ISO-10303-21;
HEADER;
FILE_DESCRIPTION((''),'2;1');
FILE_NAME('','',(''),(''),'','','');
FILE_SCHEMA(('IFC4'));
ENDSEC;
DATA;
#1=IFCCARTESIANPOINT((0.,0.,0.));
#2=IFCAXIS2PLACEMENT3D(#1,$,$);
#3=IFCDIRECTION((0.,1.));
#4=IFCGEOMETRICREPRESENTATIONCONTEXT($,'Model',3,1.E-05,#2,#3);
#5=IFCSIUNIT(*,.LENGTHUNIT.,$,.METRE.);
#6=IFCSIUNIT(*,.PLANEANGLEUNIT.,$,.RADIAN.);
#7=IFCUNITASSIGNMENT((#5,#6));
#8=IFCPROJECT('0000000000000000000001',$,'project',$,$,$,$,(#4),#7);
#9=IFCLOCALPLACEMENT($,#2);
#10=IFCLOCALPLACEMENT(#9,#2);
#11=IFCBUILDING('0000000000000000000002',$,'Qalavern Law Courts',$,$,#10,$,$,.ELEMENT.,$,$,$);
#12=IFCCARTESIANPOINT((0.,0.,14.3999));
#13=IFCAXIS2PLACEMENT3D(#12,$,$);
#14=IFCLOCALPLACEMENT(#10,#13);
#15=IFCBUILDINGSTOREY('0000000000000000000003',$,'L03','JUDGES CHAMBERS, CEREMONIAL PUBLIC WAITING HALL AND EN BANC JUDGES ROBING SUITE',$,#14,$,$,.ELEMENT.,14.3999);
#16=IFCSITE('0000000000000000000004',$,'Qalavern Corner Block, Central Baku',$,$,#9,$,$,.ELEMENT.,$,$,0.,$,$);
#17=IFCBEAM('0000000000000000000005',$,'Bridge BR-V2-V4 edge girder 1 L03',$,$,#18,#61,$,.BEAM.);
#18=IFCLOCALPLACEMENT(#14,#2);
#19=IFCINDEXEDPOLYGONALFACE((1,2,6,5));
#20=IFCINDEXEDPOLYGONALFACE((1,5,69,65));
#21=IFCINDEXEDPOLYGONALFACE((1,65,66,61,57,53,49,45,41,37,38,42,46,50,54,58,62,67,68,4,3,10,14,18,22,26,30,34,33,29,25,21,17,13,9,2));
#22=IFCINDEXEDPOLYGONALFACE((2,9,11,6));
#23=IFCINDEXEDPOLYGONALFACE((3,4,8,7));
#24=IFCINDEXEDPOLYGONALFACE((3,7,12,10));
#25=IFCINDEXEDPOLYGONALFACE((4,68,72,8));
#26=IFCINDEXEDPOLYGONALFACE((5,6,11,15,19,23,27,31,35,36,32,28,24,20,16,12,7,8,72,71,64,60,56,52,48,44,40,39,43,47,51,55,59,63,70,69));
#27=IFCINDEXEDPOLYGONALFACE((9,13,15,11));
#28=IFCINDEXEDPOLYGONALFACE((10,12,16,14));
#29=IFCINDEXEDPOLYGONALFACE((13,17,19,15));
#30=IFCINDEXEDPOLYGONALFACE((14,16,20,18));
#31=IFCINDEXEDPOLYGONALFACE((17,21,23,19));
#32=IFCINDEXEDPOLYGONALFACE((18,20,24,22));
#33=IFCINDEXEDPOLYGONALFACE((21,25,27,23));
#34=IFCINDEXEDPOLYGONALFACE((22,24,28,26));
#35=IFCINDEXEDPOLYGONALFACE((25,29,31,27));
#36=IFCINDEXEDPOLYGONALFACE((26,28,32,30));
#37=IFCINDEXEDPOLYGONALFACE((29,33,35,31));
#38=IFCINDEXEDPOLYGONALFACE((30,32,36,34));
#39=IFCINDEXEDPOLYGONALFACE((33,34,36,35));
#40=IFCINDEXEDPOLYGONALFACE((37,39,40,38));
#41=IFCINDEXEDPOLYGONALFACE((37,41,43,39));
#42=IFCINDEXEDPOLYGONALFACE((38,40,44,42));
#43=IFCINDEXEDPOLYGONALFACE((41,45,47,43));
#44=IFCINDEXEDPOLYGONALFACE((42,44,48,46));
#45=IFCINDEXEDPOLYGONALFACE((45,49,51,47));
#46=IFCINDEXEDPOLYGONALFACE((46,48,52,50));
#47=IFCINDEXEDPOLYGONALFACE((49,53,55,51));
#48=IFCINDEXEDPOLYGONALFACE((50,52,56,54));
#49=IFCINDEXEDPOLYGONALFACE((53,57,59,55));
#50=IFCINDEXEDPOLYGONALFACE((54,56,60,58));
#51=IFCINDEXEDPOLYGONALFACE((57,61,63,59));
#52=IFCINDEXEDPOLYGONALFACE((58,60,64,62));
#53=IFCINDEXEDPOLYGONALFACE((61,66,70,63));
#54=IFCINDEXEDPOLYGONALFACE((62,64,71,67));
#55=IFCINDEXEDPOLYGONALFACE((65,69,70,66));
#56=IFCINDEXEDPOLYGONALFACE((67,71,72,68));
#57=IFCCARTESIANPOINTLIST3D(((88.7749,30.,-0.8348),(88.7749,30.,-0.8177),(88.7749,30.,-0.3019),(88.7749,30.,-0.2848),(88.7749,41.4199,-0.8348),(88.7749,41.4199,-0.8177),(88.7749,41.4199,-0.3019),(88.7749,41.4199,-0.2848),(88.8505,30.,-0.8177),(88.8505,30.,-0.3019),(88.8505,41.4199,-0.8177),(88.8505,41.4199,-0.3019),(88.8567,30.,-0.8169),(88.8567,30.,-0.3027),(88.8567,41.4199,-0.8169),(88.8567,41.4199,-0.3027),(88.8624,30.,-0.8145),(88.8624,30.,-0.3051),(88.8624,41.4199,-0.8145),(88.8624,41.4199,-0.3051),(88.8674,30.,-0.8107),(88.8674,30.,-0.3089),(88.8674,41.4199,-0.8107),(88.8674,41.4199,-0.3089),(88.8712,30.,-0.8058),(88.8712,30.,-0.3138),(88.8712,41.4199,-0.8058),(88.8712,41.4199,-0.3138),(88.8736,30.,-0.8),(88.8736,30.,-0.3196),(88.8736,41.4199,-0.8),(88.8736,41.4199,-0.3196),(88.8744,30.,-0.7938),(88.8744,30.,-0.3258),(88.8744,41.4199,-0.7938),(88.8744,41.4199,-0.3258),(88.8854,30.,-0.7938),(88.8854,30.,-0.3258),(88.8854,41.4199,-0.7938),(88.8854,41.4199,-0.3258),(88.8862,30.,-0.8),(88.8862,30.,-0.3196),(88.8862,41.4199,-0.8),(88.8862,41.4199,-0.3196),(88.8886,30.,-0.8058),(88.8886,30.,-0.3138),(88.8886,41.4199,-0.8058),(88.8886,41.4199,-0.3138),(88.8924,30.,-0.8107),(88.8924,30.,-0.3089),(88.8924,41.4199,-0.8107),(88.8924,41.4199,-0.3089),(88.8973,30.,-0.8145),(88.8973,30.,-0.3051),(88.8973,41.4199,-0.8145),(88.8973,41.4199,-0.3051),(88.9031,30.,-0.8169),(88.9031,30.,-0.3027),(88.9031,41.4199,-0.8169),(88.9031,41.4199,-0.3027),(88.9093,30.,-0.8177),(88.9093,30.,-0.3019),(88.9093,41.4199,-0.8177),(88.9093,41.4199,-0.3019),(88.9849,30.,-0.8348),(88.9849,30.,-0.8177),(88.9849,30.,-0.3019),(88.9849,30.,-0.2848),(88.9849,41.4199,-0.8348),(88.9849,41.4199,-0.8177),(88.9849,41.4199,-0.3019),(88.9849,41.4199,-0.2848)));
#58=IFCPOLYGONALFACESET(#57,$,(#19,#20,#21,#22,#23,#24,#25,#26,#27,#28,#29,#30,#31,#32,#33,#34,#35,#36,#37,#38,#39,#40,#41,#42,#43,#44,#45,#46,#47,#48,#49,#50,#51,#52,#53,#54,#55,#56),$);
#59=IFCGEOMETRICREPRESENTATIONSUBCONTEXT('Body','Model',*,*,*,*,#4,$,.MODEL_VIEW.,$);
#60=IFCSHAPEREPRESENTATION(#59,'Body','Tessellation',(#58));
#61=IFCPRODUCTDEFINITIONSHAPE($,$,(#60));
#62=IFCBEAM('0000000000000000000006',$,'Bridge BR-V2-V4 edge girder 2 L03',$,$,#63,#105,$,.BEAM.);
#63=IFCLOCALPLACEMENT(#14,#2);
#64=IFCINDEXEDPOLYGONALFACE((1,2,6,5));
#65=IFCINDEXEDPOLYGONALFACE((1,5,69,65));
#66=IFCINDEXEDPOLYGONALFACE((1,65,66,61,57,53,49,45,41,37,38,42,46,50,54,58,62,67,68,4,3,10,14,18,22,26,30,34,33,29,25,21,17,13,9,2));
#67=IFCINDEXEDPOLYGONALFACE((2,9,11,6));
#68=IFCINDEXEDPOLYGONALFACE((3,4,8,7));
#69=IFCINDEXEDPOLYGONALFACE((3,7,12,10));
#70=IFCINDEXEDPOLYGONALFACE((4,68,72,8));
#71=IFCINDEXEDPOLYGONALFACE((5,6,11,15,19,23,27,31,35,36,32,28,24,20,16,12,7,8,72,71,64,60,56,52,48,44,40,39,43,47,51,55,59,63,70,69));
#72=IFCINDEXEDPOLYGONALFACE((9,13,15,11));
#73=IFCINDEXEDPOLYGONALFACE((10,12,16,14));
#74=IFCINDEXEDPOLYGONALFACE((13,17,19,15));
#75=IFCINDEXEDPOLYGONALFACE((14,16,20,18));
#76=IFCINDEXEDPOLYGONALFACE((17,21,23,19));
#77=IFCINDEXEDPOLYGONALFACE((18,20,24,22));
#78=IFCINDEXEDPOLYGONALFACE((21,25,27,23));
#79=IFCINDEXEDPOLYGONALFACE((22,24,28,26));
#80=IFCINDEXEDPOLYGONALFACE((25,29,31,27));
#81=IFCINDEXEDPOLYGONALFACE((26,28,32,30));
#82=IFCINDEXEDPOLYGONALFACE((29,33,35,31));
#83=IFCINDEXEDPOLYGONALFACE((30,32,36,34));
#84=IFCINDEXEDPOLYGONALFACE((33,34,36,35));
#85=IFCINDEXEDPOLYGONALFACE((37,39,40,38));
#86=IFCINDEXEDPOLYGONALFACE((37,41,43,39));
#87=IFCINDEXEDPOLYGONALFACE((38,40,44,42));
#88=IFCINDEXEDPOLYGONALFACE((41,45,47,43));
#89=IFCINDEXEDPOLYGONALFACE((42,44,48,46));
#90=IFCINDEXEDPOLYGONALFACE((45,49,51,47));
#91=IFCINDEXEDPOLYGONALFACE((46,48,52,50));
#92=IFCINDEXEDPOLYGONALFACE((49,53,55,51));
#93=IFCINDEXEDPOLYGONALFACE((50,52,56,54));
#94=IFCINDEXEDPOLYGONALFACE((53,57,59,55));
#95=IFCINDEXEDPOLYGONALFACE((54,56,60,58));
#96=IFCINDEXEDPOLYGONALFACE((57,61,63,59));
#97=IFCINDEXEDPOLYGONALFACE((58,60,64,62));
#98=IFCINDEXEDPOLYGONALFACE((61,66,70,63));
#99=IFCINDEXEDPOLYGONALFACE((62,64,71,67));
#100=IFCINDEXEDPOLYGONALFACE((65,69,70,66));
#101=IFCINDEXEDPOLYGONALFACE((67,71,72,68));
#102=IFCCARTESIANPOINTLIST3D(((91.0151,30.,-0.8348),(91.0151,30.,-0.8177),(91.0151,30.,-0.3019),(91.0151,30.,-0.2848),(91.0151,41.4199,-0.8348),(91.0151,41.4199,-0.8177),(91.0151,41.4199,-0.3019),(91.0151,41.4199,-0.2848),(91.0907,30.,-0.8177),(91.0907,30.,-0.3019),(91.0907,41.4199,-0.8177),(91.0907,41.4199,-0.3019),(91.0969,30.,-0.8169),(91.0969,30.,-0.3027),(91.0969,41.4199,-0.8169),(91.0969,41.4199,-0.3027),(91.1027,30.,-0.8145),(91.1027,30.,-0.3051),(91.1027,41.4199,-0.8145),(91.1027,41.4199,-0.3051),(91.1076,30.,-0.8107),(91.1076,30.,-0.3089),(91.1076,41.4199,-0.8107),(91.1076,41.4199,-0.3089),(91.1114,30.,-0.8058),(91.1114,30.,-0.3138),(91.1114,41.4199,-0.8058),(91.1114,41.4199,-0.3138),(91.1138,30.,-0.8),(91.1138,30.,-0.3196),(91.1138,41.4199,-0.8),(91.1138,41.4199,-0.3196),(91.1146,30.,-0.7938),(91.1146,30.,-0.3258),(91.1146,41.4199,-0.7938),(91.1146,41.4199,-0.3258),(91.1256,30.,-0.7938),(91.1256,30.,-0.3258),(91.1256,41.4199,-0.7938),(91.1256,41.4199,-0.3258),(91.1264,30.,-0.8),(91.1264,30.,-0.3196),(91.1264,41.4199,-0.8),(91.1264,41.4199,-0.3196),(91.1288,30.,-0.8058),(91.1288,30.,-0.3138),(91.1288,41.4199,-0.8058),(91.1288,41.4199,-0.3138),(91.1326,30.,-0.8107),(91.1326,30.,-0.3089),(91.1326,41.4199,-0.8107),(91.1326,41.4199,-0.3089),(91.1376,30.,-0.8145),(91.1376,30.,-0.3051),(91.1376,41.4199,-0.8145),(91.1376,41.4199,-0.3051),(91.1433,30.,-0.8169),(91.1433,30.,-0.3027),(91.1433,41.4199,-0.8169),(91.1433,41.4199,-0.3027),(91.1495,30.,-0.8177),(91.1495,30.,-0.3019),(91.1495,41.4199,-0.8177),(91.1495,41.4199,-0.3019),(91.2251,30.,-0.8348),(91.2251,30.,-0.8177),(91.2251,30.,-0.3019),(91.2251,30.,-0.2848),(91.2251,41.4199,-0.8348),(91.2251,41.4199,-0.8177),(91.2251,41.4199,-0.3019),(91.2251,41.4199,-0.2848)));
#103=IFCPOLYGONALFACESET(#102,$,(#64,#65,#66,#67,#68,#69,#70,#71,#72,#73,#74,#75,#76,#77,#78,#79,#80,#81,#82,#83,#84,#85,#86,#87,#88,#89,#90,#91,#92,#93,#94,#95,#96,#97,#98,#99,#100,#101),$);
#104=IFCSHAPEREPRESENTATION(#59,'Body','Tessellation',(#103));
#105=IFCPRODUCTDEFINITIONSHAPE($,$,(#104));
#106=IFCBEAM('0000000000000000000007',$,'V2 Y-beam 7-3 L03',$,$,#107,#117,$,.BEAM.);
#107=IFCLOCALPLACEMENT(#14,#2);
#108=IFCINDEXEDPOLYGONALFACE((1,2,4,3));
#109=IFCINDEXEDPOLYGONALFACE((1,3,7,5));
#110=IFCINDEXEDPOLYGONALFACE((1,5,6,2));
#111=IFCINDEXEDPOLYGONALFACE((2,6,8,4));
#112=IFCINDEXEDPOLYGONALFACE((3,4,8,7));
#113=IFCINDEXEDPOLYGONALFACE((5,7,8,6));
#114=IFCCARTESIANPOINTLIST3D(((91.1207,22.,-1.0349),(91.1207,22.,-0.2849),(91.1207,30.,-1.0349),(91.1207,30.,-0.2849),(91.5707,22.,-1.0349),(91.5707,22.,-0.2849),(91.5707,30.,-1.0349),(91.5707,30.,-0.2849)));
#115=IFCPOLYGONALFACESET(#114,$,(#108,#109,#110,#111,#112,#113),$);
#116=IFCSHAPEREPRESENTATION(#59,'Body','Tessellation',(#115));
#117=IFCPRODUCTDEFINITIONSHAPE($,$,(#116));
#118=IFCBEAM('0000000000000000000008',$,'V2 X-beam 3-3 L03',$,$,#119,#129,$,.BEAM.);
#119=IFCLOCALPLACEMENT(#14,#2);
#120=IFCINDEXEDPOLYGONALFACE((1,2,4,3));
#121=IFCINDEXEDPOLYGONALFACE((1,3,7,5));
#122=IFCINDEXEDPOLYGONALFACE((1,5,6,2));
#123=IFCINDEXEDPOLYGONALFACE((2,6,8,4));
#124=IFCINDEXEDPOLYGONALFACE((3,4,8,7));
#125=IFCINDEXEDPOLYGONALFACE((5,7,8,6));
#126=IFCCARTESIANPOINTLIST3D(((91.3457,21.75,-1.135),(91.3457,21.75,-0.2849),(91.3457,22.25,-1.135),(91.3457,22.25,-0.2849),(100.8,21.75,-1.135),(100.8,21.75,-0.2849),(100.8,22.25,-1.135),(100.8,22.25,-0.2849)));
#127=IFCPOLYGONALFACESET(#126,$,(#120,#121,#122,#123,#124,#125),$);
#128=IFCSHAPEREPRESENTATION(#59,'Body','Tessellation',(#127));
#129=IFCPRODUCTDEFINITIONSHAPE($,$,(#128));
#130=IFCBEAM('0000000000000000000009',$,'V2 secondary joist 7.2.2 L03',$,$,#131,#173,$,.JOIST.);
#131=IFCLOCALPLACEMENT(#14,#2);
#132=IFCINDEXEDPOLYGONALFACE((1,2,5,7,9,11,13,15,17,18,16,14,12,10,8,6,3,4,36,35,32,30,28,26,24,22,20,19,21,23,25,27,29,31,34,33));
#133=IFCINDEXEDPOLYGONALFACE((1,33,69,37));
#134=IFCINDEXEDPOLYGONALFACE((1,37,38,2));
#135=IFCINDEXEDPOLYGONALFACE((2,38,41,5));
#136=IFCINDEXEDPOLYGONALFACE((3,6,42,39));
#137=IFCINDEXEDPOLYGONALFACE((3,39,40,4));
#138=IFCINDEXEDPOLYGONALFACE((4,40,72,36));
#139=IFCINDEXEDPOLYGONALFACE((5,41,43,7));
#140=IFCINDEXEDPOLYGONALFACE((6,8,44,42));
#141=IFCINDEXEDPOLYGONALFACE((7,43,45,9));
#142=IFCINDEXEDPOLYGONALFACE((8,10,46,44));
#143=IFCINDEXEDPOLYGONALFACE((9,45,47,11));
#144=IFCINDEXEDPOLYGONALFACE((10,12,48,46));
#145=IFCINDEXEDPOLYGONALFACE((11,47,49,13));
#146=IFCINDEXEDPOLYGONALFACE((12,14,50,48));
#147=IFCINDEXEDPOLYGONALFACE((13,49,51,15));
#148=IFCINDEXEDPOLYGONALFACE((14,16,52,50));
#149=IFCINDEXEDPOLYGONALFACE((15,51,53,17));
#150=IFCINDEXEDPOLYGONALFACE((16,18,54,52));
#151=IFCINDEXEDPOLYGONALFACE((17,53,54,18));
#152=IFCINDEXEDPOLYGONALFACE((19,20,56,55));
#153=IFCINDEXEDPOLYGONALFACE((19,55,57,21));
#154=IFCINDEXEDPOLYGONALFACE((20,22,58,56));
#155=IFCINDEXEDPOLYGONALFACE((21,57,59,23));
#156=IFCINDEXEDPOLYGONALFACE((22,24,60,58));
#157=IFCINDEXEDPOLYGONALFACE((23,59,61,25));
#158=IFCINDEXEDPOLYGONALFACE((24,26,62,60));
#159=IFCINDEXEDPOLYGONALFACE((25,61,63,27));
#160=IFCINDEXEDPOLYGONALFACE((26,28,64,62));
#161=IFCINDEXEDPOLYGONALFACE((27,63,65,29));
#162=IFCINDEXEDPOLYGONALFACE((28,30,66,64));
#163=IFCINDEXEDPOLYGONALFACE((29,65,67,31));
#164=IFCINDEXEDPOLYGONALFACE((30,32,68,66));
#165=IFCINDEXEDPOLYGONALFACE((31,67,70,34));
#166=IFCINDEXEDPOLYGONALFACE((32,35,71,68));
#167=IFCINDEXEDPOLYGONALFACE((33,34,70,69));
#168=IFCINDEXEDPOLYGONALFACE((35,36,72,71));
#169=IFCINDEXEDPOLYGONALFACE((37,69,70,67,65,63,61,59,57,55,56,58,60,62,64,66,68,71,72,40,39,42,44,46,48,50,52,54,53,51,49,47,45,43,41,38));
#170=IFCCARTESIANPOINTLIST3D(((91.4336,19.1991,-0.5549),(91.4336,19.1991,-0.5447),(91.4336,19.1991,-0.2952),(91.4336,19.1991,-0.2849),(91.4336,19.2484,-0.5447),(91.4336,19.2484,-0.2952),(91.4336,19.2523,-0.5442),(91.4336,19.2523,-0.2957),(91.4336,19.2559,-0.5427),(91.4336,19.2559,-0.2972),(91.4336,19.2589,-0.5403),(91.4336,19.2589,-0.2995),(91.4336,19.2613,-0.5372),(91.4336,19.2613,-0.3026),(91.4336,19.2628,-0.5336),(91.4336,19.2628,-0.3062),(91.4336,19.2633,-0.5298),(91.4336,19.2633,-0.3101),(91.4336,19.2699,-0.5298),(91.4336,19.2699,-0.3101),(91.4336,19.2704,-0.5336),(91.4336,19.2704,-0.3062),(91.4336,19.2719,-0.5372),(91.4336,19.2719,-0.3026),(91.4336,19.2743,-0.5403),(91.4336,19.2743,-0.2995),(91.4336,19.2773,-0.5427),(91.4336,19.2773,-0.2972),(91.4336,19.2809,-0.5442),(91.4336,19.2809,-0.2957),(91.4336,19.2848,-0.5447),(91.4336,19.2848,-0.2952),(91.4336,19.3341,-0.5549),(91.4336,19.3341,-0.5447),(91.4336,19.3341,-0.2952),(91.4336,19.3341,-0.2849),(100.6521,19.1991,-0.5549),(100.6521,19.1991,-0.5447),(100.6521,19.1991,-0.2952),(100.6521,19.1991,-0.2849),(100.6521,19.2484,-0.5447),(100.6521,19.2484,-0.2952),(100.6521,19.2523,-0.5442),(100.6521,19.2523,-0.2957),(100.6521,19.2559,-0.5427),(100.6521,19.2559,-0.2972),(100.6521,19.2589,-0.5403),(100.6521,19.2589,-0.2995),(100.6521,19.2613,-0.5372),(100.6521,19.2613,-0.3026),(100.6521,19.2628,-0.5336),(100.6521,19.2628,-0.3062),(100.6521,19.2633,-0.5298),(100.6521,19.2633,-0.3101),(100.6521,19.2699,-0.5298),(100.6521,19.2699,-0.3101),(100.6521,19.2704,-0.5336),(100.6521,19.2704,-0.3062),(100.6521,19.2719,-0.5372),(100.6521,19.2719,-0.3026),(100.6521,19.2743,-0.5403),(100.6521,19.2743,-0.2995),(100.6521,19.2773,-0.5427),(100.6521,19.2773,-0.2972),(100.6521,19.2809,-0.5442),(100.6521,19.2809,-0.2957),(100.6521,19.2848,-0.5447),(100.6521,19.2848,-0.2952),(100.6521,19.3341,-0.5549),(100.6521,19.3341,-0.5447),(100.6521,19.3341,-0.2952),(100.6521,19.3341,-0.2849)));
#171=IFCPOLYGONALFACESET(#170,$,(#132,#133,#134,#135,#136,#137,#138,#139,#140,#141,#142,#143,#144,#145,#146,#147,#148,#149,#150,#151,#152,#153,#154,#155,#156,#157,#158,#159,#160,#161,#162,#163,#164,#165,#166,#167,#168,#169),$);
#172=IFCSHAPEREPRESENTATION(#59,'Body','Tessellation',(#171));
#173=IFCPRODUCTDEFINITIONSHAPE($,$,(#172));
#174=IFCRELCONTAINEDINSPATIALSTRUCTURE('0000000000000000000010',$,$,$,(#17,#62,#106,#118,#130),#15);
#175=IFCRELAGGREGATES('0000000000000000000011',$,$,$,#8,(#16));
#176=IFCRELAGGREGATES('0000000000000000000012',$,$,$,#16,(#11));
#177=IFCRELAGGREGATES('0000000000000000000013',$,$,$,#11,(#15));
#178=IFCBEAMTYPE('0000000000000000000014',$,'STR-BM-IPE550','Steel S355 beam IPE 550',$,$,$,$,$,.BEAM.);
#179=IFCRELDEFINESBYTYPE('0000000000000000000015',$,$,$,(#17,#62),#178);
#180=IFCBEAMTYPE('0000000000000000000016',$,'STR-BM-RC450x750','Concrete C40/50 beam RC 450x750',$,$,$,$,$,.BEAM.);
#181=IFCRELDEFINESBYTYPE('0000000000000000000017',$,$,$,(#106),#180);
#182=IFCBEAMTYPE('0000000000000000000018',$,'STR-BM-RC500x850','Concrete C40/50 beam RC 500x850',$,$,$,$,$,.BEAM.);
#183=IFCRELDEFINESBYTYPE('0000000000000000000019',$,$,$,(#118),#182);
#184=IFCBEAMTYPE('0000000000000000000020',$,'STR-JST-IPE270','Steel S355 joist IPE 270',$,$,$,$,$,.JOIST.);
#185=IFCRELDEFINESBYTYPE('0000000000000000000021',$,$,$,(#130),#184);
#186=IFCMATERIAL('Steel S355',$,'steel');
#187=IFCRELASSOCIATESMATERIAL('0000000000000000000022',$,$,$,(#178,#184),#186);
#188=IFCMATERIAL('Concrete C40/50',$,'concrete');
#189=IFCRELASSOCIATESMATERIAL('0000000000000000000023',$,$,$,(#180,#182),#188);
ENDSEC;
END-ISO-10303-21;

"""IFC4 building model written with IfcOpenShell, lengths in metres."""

from ifc_helpers import new_model, si_unit, direction, frame, origin, origin_2d, place, context, subcontext, project, spatial, rectangle, i_section, extrude, material, material_profile, profile_set, type_object, element, save


model = new_model("IFC4")

# Units and contexts
model_context = context("Model", 3, precision=1e-05, world=origin(), true_north=direction((0.0, 1.0)))
body_context = subcontext(model_context, "Body", "Model", "MODEL_VIEW")
ifc_project = project(units=[si_unit("LENGTHUNIT", "METRE"), si_unit("PLANEANGLEUNIT", "RADIAN")], contexts=[model_context])

# Site, building, storey
site_placement = place(None, origin())
site = spatial("IfcSite", under=ifc_project, at=site_placement, Name="Qalavern Corner Block, Central Baku", CompositionType="ELEMENT", RefElevation=0.0)
building_placement = place(site_placement, origin())
building = spatial("IfcBuilding", under=site, at=building_placement, Name="Qalavern Law Courts", CompositionType="ELEMENT")
storey_placement = place(building_placement, frame((0.0, 0.0, 14.3999)))
storey = spatial("IfcBuildingStorey", under=building, at=storey_placement, Name="L03", Description="JUDGES CHAMBERS, CEREMONIAL PUBLIC WAITING HALL AND EN BANC JUDGES ROBING SUITE", CompositionType="ELEMENT", Elevation=14.3999)

# Beams
ifc_material_1 = material(Name="Steel S355", Category="steel")
ifc_material_profile_1 = material_profile(ifc_material_1, i_section(OverallWidth=0.21, OverallDepth=0.55, WebThickness=0.011, FlangeThickness=0.0171, FilletRadius=0.0239, at=origin_2d()), Name="IPE 550")
ifc_profile_set_1 = profile_set([ifc_material_profile_1], Name="Steel S355")
beam_type_1 = type_object("IfcBeamType", Name="STR-BM-IPE550", Description="Steel S355 beam IPE 550", PredefinedType="BEAM", material=ifc_profile_set_1)
for number, where, z_axis, x_axis, name in (
    (1, (88.8799, 30.0, -0.5598), (0.0, 1.0, 0.0), (-1.0, 0.0, 0.0), "Bridge BR-V2-V4 edge girder 1 L03"),
    (2, (91.1201, 30.0, -0.5598), (0.0, 1.0, 0.0), (-1.0, 0.0, 0.0), "Bridge BR-V2-V4 edge girder 2 L03"),
):
    element("IfcBeam", number, at=place(storey_placement, frame(where, z_axis=z_axis, x_axis=x_axis)), inside=storey, type_object=beam_type_1, Name=name, PredefinedType="BEAM", context=body_context, shape_type="SweptSolid", body=[
        extrude(i_section(OverallWidth=0.21, OverallDepth=0.55, WebThickness=0.011, FlangeThickness=0.0171, FilletRadius=0.0239, at=origin_2d()), origin(), (0.0, 0.0, 1.0), 11.4199),
    ])
ifc_material_2 = material(Name="Concrete C40/50", Category="concrete")
ifc_material_profile_2 = material_profile(ifc_material_2, rectangle(XDim=0.45, YDim=0.75, at=origin_2d()), Name="RC 450x750")
ifc_profile_set_2 = profile_set([ifc_material_profile_2], Name="Concrete C40/50")
beam_type_2 = type_object("IfcBeamType", Name="STR-BM-RC450x750", Description="Concrete C40/50 beam RC 450x750", PredefinedType="BEAM", material=ifc_profile_set_2)
beam_1_placement = place(storey_placement, frame((91.3457, 22.0, -0.6599), z_axis=(0.0, 1.0, 0.0), x_axis=(-1.0, 0.0, 0.0)))
element("IfcBeam", 3, at=beam_1_placement, inside=storey, type_object=beam_type_2, Name="V2 Y-beam 7-3 L03", PredefinedType="BEAM", context=body_context, shape_type="SweptSolid", body=[
    extrude(rectangle(XDim=0.45, YDim=0.75, at=origin_2d()), origin(), (0.0, 0.0, 1.0), 8.0),
])
ifc_material_profile_3 = material_profile(ifc_material_2, rectangle(XDim=0.5, YDim=0.8501, at=origin_2d()), Name="RC 500x850")
ifc_profile_set_3 = profile_set([ifc_material_profile_3], Name="Concrete C40/50")
beam_type_3 = type_object("IfcBeamType", Name="STR-BM-RC500x850", Description="Concrete C40/50 beam RC 500x850", PredefinedType="BEAM", material=ifc_profile_set_3)
beam_2_placement = place(storey_placement, frame((91.3457, 22.0, -0.71), z_axis=(1.0, 0.0, 0.0), x_axis=(0.0, 1.0, 0.0)))
element("IfcBeam", 4, at=beam_2_placement, inside=storey, type_object=beam_type_3, Name="V2 X-beam 3-3 L03", PredefinedType="BEAM", context=body_context, shape_type="SweptSolid", body=[
    extrude(rectangle(XDim=0.5, YDim=0.8501, at=origin_2d()), origin(), (0.0, 0.0, 1.0), 9.4543),
])
ifc_material_profile_4 = material_profile(ifc_material_1, i_section(OverallWidth=0.135, OverallDepth=0.27, WebThickness=0.0066, FlangeThickness=0.0103, FilletRadius=0.0149, at=origin_2d()), Name="IPE 270")
ifc_profile_set_4 = profile_set([ifc_material_profile_4], Name="Steel S355")
beam_type_4 = type_object("IfcBeamType", Name="STR-JST-IPE270", Description="Steel S355 joist IPE 270", PredefinedType="JOIST", material=ifc_profile_set_4)
beam_3_placement = place(storey_placement, frame((91.4336, 19.2666, -0.4199), z_axis=(1.0, 0.0, 0.0), x_axis=(0.0, 1.0, 0.0)))
element("IfcBeam", 5, at=beam_3_placement, inside=storey, type_object=beam_type_4, Name="V2 secondary joist 7.2.2 L03", PredefinedType="JOIST", context=body_context, shape_type="SweptSolid", body=[
    extrude(i_section(OverallWidth=0.135, OverallDepth=0.27, WebThickness=0.0066, FlangeThickness=0.0103, FilletRadius=0.0149, at=origin_2d()), origin(), (0.0, 0.0, 1.0), 9.2185),
])

save(model, "model.ifc")
